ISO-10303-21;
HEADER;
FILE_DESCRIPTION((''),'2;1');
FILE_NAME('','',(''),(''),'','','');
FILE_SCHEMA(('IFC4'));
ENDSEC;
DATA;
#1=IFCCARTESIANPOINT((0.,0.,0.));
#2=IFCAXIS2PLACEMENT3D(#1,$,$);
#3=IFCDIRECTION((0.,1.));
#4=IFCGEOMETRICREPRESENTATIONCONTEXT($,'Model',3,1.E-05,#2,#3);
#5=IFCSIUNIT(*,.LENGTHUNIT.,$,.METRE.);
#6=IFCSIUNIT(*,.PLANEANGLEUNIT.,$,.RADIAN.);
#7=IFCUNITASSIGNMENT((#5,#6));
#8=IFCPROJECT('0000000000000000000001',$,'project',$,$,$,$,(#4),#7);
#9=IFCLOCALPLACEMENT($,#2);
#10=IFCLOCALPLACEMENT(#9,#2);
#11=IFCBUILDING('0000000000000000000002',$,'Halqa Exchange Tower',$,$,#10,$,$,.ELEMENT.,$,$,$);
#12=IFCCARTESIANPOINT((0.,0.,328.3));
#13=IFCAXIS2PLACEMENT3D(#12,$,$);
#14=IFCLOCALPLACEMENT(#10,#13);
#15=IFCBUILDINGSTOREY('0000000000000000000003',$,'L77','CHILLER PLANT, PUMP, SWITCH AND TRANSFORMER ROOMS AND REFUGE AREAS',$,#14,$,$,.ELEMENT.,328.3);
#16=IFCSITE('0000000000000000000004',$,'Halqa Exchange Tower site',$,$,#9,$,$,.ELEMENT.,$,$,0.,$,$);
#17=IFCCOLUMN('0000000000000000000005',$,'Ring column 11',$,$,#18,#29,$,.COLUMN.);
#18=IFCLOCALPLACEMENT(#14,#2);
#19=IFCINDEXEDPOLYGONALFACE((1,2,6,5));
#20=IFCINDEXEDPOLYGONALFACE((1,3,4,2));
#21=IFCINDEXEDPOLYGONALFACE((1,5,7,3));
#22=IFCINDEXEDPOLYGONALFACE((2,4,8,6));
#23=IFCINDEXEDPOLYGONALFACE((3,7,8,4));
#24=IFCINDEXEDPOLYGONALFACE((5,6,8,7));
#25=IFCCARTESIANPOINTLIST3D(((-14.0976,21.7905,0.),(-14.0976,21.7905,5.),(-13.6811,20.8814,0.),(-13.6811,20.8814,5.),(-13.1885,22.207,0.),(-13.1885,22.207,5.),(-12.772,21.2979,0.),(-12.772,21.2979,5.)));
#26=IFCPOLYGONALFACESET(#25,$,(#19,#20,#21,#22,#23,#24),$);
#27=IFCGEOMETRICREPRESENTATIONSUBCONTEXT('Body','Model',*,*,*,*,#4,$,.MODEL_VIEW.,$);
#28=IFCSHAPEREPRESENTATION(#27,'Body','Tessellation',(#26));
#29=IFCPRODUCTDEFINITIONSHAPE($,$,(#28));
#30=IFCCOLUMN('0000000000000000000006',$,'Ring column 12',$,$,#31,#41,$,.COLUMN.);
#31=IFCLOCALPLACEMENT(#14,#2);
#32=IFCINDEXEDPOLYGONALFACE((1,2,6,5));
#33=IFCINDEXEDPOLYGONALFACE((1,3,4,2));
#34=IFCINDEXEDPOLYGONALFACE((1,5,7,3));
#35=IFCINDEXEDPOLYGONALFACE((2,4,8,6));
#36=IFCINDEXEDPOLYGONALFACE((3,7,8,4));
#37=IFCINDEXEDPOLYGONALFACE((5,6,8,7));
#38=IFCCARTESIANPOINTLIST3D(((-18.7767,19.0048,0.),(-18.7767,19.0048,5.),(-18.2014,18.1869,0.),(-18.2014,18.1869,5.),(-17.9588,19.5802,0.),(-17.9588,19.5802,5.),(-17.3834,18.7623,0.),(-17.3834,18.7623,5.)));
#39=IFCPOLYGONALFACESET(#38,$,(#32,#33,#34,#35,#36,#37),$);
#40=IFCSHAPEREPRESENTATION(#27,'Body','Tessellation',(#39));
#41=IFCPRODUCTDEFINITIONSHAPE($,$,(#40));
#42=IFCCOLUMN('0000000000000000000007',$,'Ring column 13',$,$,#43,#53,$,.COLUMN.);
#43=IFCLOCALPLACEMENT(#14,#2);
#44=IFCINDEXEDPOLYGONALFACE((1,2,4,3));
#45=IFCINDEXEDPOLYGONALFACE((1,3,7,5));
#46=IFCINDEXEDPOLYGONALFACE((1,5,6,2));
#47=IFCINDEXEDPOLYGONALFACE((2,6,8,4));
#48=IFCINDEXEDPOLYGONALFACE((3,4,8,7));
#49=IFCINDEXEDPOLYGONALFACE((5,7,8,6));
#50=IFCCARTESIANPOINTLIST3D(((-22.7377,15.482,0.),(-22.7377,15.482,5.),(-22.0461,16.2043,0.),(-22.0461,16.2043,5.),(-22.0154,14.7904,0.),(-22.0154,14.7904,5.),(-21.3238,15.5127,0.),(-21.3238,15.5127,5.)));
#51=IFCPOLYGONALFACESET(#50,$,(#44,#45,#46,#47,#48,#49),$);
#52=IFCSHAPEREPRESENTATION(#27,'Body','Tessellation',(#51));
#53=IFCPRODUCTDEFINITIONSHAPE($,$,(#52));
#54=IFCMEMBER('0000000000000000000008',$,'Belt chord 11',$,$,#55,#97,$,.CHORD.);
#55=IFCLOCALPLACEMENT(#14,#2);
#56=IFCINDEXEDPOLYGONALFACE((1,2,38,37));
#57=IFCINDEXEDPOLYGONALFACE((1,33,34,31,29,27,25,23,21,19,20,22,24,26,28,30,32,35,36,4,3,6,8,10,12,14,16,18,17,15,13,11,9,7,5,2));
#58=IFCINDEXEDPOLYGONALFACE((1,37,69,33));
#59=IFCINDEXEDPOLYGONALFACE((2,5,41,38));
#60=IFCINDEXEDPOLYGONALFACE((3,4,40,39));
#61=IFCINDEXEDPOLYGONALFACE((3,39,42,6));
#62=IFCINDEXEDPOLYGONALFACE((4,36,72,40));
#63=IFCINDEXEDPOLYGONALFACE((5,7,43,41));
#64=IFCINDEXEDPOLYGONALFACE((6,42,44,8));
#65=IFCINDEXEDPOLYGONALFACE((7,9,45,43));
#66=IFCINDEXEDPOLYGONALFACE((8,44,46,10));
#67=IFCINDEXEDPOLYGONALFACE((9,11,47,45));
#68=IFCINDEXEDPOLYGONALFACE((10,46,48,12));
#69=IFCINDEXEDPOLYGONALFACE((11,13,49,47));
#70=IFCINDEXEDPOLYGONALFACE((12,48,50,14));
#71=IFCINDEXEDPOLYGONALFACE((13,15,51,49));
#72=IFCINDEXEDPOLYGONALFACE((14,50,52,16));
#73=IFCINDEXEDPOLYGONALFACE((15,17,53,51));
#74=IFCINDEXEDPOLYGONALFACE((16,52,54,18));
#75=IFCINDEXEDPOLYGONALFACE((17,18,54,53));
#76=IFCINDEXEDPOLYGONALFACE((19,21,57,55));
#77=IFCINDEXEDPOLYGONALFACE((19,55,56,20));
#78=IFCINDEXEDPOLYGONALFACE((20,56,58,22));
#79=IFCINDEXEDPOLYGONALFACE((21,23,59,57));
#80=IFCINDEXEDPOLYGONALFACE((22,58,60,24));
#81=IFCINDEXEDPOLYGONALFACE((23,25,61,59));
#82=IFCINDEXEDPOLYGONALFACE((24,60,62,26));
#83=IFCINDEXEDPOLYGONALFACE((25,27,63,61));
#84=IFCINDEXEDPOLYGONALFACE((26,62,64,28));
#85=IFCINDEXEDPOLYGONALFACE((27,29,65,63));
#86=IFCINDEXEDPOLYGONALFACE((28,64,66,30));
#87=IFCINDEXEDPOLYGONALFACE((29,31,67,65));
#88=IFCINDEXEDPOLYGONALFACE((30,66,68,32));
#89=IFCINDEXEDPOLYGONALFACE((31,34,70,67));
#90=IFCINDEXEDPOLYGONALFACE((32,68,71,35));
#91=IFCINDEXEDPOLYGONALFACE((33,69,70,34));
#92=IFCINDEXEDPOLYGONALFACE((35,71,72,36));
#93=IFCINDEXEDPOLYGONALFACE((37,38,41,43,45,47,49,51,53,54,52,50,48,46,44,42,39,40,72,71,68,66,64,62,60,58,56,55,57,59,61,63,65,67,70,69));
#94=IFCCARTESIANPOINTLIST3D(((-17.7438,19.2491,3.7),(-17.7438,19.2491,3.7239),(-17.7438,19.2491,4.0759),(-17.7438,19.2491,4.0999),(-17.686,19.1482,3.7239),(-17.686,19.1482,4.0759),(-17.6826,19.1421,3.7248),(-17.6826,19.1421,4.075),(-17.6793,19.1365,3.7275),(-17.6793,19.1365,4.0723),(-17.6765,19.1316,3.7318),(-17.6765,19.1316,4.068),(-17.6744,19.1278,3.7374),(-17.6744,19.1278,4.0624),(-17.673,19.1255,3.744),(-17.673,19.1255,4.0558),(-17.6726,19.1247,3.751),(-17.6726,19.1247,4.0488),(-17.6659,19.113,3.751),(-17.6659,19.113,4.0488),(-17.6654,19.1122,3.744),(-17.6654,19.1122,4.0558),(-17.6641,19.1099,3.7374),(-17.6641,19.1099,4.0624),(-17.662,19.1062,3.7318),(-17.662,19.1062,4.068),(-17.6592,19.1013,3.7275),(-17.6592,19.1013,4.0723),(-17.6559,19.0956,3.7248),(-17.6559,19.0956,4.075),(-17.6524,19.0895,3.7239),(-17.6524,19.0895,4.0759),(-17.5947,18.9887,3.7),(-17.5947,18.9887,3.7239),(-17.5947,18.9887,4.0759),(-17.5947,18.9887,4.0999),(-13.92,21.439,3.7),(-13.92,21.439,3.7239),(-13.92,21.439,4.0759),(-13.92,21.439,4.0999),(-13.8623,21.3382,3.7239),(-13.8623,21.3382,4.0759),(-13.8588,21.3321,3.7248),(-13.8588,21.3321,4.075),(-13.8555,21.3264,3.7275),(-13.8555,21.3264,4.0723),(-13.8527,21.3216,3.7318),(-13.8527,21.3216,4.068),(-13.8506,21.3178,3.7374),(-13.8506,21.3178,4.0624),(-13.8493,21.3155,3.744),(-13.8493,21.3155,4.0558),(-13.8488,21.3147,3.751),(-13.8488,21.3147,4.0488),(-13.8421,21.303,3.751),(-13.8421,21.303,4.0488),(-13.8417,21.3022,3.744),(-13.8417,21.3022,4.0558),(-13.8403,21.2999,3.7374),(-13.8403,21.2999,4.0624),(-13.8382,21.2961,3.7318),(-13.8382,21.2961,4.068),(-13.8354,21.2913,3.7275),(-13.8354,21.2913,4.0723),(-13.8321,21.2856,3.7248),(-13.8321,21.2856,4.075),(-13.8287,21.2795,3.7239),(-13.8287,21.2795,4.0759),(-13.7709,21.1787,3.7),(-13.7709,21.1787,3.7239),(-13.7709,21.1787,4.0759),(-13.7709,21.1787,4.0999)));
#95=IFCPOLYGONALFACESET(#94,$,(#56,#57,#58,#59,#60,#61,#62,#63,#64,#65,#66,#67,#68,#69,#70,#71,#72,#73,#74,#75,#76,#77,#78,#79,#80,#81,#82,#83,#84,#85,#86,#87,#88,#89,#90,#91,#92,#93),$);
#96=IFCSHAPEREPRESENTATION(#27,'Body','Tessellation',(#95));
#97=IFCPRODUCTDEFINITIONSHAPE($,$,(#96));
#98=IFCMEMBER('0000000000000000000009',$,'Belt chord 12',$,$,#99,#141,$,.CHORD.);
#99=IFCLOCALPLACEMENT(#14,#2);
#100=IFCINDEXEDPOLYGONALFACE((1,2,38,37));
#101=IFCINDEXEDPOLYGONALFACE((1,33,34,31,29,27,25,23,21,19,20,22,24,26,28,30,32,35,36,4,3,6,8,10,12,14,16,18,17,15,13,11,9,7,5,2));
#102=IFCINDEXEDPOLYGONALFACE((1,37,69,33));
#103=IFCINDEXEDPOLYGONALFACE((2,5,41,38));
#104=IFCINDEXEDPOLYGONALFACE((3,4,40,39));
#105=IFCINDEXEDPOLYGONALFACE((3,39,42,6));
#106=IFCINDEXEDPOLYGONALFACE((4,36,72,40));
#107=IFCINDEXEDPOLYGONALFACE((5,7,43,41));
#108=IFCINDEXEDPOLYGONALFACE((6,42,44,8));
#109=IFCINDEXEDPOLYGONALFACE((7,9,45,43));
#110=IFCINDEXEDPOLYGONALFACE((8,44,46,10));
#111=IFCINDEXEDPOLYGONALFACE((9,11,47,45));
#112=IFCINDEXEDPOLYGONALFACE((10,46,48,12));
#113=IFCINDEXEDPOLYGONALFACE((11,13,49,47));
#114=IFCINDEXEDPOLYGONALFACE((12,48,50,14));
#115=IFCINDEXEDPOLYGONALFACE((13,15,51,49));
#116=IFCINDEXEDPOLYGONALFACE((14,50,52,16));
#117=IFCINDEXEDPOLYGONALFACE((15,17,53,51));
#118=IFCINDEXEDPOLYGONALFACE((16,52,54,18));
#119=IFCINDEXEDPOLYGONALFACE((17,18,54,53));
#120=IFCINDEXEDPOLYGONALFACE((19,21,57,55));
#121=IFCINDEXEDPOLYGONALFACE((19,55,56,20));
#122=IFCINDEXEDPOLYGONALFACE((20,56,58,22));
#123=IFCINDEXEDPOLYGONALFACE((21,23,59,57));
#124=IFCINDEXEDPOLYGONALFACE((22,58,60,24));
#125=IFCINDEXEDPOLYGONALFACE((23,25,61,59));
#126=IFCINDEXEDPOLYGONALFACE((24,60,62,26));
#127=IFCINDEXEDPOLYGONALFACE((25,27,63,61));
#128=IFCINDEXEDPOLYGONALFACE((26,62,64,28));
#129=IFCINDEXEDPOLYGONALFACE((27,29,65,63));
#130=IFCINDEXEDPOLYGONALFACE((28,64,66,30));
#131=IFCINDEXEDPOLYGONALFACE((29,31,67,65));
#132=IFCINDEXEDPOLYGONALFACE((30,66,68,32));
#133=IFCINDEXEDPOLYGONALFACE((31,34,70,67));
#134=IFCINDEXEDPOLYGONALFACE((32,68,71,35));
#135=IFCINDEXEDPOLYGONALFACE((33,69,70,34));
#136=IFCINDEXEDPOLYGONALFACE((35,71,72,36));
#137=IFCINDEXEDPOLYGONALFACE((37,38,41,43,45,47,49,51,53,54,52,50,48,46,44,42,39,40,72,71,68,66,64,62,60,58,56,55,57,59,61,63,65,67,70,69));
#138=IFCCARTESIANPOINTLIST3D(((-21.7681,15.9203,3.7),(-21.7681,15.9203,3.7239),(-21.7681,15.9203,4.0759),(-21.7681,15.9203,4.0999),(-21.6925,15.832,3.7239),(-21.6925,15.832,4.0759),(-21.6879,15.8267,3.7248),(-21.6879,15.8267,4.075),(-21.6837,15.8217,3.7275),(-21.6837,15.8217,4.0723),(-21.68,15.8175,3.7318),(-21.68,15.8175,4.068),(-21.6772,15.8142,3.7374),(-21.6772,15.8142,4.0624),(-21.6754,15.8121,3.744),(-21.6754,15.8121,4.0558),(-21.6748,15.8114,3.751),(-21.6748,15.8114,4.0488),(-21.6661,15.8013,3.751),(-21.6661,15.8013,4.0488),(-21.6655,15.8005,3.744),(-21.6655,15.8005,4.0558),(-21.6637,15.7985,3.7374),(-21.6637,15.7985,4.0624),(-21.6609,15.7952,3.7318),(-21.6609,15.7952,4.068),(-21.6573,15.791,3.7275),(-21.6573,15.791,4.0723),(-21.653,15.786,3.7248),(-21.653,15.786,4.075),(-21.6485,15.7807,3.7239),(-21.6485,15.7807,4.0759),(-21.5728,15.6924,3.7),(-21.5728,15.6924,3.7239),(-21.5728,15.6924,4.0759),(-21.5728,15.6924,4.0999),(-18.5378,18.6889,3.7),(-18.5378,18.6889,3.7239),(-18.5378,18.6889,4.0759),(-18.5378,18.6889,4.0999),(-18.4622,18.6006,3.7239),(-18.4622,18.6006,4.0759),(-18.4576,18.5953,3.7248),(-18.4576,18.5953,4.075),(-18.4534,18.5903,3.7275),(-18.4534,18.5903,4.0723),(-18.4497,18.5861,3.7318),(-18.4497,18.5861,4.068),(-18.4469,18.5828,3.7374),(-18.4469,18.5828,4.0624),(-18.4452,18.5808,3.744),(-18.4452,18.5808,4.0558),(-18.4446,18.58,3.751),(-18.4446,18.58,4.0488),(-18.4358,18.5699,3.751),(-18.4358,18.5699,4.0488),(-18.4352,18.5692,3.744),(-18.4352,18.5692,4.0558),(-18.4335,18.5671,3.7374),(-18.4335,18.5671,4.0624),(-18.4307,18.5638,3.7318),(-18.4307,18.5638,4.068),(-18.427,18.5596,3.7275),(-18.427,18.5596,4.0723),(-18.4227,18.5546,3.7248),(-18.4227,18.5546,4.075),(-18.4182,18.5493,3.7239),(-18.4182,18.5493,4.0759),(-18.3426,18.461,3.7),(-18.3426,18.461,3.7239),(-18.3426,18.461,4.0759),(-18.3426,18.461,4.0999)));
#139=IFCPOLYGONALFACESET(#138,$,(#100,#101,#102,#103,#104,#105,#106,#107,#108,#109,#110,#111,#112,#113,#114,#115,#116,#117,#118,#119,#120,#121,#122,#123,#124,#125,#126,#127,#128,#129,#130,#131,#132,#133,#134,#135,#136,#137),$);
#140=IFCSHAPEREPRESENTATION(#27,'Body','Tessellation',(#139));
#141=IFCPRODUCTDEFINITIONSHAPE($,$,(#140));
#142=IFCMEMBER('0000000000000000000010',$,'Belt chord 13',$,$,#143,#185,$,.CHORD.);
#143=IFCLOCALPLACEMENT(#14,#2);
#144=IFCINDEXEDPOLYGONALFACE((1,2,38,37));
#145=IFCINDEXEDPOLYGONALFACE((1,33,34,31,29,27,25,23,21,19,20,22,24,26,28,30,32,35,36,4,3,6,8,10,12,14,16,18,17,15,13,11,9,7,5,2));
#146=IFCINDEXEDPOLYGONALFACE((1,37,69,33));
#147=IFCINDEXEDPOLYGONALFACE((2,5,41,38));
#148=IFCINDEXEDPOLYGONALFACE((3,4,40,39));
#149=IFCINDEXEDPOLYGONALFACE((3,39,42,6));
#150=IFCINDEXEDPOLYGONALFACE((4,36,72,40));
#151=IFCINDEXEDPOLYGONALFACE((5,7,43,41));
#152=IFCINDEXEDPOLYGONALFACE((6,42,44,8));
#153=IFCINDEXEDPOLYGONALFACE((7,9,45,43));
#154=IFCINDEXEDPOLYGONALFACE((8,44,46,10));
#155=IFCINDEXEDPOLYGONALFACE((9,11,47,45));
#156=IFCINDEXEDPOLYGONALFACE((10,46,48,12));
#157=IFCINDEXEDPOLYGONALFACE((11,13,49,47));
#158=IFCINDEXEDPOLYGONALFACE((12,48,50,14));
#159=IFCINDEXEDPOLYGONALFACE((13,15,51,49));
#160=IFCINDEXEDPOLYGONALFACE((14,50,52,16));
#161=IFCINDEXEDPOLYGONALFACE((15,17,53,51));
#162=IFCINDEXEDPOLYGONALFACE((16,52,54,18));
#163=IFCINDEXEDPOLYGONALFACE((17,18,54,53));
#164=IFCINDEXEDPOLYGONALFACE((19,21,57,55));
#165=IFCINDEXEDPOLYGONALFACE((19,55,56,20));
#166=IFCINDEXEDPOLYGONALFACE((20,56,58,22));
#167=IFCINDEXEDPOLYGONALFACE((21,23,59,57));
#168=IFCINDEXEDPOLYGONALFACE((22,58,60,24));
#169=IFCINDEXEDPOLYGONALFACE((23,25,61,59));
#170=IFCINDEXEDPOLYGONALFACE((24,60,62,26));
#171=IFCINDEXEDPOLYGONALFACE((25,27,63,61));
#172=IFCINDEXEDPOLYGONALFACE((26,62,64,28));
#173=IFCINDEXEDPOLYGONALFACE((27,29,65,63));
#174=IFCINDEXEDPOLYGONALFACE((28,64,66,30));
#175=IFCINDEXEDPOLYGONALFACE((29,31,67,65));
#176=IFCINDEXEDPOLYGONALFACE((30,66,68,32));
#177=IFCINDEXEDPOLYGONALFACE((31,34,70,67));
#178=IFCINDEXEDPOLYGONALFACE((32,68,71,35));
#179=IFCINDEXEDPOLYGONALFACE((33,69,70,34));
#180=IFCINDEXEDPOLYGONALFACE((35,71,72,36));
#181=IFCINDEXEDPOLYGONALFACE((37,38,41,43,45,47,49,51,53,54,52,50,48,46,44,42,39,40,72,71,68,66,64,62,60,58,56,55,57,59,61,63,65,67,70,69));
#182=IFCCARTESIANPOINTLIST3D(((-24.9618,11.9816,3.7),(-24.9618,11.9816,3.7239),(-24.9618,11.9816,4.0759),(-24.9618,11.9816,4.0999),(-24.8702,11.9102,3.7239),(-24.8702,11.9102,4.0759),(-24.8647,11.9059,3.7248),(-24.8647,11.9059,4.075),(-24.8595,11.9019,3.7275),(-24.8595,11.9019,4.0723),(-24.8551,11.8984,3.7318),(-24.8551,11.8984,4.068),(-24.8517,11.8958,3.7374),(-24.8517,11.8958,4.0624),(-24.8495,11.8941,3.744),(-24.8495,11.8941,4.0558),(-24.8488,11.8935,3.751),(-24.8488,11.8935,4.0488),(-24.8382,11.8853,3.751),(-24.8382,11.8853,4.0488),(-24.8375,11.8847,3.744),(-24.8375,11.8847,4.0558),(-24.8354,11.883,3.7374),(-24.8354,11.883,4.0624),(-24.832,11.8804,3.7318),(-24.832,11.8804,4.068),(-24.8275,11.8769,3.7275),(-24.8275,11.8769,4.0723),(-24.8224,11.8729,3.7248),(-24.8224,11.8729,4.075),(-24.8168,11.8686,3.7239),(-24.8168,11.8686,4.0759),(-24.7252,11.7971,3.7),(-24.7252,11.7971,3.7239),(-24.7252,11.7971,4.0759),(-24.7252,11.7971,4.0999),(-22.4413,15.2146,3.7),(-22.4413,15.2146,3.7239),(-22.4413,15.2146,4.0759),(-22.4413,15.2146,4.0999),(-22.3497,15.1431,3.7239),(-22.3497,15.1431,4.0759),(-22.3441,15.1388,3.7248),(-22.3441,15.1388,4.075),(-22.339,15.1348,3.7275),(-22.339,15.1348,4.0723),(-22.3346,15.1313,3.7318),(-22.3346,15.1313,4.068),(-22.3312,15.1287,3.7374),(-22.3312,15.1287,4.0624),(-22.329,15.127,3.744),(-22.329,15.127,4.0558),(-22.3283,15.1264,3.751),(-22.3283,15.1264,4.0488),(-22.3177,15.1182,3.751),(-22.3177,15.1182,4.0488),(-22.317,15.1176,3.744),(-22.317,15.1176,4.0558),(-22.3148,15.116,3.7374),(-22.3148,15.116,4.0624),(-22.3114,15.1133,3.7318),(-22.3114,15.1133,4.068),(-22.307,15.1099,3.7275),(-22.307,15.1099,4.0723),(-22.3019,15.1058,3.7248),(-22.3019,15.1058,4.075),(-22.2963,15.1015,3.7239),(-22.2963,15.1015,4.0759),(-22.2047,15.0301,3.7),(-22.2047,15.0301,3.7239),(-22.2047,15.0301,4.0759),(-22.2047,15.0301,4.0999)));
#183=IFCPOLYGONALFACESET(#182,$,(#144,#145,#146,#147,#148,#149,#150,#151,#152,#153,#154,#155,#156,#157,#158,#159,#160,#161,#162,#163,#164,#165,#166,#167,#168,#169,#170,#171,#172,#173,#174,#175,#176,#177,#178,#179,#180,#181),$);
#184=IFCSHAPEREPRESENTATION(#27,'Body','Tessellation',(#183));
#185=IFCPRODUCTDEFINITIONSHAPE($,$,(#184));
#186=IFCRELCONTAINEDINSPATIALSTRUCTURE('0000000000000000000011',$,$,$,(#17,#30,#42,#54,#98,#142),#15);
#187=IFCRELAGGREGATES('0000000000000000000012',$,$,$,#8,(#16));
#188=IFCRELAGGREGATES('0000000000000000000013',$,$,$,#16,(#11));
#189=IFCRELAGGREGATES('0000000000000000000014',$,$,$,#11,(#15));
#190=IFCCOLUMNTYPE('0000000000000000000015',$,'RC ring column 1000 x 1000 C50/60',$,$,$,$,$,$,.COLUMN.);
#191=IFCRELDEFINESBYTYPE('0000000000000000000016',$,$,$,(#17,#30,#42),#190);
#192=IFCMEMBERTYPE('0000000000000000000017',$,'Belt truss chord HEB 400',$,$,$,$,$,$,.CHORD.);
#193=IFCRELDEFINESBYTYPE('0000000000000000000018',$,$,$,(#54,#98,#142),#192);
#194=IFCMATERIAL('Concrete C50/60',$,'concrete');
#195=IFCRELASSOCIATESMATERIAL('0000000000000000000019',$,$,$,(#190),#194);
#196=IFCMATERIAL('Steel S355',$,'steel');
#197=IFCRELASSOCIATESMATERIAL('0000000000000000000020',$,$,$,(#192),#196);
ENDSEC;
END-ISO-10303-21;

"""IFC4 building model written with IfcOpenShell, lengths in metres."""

from ifc_helpers import new_model, si_unit, direction, frame, origin, origin_2d, place, context, subcontext, project, spatial, rectangle, i_section, extrude, material, material_profile, profile_set, type_object, element, save


model = new_model("IFC4")

# Units and contexts
model_context = context("Model", 3, precision=1e-05, world=origin(), true_north=direction((0.0, 1.0)))
body_context = subcontext(model_context, "Body", "Model", "MODEL_VIEW")
ifc_project = project(units=[si_unit("LENGTHUNIT", "METRE"), si_unit("PLANEANGLEUNIT", "RADIAN")], contexts=[model_context])

# Site, building, storey
site_placement = place(None, origin())
site = spatial("IfcSite", under=ifc_project, at=site_placement, Name="Halqa Exchange Tower site", CompositionType="ELEMENT", RefElevation=0.0)
building_placement = place(site_placement, origin())
building = spatial("IfcBuilding", under=site, at=building_placement, Name="Halqa Exchange Tower", CompositionType="ELEMENT")
storey_placement = place(building_placement, frame((0.0, 0.0, 328.3)))
storey = spatial("IfcBuildingStorey", under=building, at=storey_placement, Name="L77", Description="CHILLER PLANT, PUMP, SWITCH AND TRANSFORMER ROOMS AND REFUGE AREAS", CompositionType="ELEMENT", Elevation=328.3)

# Columns
ifc_material_1 = material(Name="Concrete C50/60", Category="concrete")
ifc_material_profile_1 = material_profile(ifc_material_1, rectangle(XDim=1.0, YDim=1.0, at=origin_2d()), Name="1000 x 1000")
ifc_profile_set_1 = profile_set([ifc_material_profile_1], Name="Concrete C50/60")
column_type = type_object("IfcColumnType", Name="RC ring column 1000 x 1000 C50/60", PredefinedType="COLUMN", material=ifc_profile_set_1)
for number, where, z_axis, x_axis, name in (
    (1, (-13.4348, 21.5442, 0.0), (0.0, 0.0, 1.0), (-0.909129, -0.416516, 0.0), "Ring column 11"),
    (2, (-18.0801, 18.8835, 0.0), (0.0, 0.0, 1.0), (-0.817907, -0.575351, 0.0), "Ring column 12"),
    (3, (-22.0308, 15.4973, 0.0), (0.0, 0.0, 1.0), (-0.691579, -0.722301, 0.0), "Ring column 13"),
):
    element("IfcColumn", number, at=place(storey_placement, frame(where, z_axis=z_axis, x_axis=x_axis)), inside=storey, type_object=column_type, Name=name, PredefinedType="COLUMN", context=body_context, shape_type="SweptSolid", body=[
        extrude(rectangle(XDim=1.0, YDim=1.0, at=origin_2d()), origin(), (0.0, 0.0, 1.0), 5.0),
    ])

# Members
ifc_material_2 = material(Name="Steel S355", Category="steel")
ifc_material_profile_2 = material_profile(ifc_material_2, i_section(OverallWidth=0.3, OverallDepth=0.3999, WebThickness=0.0134, FlangeThickness=0.0239, FilletRadius=0.0271, at=origin_2d()), Name="HEB 400")
ifc_profile_set_2 = profile_set([ifc_material_profile_2], Name="Steel S355")
member_type_1 = type_object("IfcMemberType", Name="Belt truss chord HEB 400", PredefinedType="CHORD", material=ifc_profile_set_2)
member_1_placement = place(storey_placement, frame((-13.8455, 21.3088, 3.8999), z_axis=(-0.867759, -0.496986, 0.0), x_axis=(0.496986, -0.867759, 0.0)))
element("IfcMember", 4, at=member_1_placement, inside=storey, type_object=member_type_1, Name="Belt chord 11", PredefinedType="CHORD", context=body_context, shape_type="SweptSolid", body=[
    extrude(i_section(OverallWidth=0.3, OverallDepth=0.3999, WebThickness=0.0134, FlangeThickness=0.0239, FilletRadius=0.0271, at=origin_2d()), origin(), (0.0, 0.0, 1.0), 4.4065),
])
member_2_placement = place(storey_placement, frame((-18.4402, 18.575, 3.8999), z_axis=(-0.759281, -0.650763, 0.0), x_axis=(0.650763, -0.759281, 0.0)))
element("IfcMember", 5, at=member_2_placement, inside=storey, type_object=member_type_1, Name="Belt chord 12", PredefinedType="CHORD", context=body_context, shape_type="SweptSolid", body=[
    extrude(i_section(OverallWidth=0.3, OverallDepth=0.3999, WebThickness=0.0134, FlangeThickness=0.0239, FilletRadius=0.0271, at=origin_2d()), origin(), (0.0, 0.0, 1.0), 4.2544),
])
member_3_placement = place(storey_placement, frame((-22.323, 15.1223, 3.8999), z_axis=(-0.614856, -0.78864, 0.0), x_axis=(0.78864, -0.614856, 0.0)))
element("IfcMember", 6, at=member_3_placement, inside=storey, type_object=member_type_1, Name="Belt chord 13", PredefinedType="CHORD", context=body_context, shape_type="SweptSolid", body=[
    extrude(i_section(OverallWidth=0.3, OverallDepth=0.3999, WebThickness=0.0134, FlangeThickness=0.0239, FilletRadius=0.0271, at=origin_2d()), origin(), (0.0, 0.0, 1.0), 4.0994),
])

save(model, "model.ifc")
